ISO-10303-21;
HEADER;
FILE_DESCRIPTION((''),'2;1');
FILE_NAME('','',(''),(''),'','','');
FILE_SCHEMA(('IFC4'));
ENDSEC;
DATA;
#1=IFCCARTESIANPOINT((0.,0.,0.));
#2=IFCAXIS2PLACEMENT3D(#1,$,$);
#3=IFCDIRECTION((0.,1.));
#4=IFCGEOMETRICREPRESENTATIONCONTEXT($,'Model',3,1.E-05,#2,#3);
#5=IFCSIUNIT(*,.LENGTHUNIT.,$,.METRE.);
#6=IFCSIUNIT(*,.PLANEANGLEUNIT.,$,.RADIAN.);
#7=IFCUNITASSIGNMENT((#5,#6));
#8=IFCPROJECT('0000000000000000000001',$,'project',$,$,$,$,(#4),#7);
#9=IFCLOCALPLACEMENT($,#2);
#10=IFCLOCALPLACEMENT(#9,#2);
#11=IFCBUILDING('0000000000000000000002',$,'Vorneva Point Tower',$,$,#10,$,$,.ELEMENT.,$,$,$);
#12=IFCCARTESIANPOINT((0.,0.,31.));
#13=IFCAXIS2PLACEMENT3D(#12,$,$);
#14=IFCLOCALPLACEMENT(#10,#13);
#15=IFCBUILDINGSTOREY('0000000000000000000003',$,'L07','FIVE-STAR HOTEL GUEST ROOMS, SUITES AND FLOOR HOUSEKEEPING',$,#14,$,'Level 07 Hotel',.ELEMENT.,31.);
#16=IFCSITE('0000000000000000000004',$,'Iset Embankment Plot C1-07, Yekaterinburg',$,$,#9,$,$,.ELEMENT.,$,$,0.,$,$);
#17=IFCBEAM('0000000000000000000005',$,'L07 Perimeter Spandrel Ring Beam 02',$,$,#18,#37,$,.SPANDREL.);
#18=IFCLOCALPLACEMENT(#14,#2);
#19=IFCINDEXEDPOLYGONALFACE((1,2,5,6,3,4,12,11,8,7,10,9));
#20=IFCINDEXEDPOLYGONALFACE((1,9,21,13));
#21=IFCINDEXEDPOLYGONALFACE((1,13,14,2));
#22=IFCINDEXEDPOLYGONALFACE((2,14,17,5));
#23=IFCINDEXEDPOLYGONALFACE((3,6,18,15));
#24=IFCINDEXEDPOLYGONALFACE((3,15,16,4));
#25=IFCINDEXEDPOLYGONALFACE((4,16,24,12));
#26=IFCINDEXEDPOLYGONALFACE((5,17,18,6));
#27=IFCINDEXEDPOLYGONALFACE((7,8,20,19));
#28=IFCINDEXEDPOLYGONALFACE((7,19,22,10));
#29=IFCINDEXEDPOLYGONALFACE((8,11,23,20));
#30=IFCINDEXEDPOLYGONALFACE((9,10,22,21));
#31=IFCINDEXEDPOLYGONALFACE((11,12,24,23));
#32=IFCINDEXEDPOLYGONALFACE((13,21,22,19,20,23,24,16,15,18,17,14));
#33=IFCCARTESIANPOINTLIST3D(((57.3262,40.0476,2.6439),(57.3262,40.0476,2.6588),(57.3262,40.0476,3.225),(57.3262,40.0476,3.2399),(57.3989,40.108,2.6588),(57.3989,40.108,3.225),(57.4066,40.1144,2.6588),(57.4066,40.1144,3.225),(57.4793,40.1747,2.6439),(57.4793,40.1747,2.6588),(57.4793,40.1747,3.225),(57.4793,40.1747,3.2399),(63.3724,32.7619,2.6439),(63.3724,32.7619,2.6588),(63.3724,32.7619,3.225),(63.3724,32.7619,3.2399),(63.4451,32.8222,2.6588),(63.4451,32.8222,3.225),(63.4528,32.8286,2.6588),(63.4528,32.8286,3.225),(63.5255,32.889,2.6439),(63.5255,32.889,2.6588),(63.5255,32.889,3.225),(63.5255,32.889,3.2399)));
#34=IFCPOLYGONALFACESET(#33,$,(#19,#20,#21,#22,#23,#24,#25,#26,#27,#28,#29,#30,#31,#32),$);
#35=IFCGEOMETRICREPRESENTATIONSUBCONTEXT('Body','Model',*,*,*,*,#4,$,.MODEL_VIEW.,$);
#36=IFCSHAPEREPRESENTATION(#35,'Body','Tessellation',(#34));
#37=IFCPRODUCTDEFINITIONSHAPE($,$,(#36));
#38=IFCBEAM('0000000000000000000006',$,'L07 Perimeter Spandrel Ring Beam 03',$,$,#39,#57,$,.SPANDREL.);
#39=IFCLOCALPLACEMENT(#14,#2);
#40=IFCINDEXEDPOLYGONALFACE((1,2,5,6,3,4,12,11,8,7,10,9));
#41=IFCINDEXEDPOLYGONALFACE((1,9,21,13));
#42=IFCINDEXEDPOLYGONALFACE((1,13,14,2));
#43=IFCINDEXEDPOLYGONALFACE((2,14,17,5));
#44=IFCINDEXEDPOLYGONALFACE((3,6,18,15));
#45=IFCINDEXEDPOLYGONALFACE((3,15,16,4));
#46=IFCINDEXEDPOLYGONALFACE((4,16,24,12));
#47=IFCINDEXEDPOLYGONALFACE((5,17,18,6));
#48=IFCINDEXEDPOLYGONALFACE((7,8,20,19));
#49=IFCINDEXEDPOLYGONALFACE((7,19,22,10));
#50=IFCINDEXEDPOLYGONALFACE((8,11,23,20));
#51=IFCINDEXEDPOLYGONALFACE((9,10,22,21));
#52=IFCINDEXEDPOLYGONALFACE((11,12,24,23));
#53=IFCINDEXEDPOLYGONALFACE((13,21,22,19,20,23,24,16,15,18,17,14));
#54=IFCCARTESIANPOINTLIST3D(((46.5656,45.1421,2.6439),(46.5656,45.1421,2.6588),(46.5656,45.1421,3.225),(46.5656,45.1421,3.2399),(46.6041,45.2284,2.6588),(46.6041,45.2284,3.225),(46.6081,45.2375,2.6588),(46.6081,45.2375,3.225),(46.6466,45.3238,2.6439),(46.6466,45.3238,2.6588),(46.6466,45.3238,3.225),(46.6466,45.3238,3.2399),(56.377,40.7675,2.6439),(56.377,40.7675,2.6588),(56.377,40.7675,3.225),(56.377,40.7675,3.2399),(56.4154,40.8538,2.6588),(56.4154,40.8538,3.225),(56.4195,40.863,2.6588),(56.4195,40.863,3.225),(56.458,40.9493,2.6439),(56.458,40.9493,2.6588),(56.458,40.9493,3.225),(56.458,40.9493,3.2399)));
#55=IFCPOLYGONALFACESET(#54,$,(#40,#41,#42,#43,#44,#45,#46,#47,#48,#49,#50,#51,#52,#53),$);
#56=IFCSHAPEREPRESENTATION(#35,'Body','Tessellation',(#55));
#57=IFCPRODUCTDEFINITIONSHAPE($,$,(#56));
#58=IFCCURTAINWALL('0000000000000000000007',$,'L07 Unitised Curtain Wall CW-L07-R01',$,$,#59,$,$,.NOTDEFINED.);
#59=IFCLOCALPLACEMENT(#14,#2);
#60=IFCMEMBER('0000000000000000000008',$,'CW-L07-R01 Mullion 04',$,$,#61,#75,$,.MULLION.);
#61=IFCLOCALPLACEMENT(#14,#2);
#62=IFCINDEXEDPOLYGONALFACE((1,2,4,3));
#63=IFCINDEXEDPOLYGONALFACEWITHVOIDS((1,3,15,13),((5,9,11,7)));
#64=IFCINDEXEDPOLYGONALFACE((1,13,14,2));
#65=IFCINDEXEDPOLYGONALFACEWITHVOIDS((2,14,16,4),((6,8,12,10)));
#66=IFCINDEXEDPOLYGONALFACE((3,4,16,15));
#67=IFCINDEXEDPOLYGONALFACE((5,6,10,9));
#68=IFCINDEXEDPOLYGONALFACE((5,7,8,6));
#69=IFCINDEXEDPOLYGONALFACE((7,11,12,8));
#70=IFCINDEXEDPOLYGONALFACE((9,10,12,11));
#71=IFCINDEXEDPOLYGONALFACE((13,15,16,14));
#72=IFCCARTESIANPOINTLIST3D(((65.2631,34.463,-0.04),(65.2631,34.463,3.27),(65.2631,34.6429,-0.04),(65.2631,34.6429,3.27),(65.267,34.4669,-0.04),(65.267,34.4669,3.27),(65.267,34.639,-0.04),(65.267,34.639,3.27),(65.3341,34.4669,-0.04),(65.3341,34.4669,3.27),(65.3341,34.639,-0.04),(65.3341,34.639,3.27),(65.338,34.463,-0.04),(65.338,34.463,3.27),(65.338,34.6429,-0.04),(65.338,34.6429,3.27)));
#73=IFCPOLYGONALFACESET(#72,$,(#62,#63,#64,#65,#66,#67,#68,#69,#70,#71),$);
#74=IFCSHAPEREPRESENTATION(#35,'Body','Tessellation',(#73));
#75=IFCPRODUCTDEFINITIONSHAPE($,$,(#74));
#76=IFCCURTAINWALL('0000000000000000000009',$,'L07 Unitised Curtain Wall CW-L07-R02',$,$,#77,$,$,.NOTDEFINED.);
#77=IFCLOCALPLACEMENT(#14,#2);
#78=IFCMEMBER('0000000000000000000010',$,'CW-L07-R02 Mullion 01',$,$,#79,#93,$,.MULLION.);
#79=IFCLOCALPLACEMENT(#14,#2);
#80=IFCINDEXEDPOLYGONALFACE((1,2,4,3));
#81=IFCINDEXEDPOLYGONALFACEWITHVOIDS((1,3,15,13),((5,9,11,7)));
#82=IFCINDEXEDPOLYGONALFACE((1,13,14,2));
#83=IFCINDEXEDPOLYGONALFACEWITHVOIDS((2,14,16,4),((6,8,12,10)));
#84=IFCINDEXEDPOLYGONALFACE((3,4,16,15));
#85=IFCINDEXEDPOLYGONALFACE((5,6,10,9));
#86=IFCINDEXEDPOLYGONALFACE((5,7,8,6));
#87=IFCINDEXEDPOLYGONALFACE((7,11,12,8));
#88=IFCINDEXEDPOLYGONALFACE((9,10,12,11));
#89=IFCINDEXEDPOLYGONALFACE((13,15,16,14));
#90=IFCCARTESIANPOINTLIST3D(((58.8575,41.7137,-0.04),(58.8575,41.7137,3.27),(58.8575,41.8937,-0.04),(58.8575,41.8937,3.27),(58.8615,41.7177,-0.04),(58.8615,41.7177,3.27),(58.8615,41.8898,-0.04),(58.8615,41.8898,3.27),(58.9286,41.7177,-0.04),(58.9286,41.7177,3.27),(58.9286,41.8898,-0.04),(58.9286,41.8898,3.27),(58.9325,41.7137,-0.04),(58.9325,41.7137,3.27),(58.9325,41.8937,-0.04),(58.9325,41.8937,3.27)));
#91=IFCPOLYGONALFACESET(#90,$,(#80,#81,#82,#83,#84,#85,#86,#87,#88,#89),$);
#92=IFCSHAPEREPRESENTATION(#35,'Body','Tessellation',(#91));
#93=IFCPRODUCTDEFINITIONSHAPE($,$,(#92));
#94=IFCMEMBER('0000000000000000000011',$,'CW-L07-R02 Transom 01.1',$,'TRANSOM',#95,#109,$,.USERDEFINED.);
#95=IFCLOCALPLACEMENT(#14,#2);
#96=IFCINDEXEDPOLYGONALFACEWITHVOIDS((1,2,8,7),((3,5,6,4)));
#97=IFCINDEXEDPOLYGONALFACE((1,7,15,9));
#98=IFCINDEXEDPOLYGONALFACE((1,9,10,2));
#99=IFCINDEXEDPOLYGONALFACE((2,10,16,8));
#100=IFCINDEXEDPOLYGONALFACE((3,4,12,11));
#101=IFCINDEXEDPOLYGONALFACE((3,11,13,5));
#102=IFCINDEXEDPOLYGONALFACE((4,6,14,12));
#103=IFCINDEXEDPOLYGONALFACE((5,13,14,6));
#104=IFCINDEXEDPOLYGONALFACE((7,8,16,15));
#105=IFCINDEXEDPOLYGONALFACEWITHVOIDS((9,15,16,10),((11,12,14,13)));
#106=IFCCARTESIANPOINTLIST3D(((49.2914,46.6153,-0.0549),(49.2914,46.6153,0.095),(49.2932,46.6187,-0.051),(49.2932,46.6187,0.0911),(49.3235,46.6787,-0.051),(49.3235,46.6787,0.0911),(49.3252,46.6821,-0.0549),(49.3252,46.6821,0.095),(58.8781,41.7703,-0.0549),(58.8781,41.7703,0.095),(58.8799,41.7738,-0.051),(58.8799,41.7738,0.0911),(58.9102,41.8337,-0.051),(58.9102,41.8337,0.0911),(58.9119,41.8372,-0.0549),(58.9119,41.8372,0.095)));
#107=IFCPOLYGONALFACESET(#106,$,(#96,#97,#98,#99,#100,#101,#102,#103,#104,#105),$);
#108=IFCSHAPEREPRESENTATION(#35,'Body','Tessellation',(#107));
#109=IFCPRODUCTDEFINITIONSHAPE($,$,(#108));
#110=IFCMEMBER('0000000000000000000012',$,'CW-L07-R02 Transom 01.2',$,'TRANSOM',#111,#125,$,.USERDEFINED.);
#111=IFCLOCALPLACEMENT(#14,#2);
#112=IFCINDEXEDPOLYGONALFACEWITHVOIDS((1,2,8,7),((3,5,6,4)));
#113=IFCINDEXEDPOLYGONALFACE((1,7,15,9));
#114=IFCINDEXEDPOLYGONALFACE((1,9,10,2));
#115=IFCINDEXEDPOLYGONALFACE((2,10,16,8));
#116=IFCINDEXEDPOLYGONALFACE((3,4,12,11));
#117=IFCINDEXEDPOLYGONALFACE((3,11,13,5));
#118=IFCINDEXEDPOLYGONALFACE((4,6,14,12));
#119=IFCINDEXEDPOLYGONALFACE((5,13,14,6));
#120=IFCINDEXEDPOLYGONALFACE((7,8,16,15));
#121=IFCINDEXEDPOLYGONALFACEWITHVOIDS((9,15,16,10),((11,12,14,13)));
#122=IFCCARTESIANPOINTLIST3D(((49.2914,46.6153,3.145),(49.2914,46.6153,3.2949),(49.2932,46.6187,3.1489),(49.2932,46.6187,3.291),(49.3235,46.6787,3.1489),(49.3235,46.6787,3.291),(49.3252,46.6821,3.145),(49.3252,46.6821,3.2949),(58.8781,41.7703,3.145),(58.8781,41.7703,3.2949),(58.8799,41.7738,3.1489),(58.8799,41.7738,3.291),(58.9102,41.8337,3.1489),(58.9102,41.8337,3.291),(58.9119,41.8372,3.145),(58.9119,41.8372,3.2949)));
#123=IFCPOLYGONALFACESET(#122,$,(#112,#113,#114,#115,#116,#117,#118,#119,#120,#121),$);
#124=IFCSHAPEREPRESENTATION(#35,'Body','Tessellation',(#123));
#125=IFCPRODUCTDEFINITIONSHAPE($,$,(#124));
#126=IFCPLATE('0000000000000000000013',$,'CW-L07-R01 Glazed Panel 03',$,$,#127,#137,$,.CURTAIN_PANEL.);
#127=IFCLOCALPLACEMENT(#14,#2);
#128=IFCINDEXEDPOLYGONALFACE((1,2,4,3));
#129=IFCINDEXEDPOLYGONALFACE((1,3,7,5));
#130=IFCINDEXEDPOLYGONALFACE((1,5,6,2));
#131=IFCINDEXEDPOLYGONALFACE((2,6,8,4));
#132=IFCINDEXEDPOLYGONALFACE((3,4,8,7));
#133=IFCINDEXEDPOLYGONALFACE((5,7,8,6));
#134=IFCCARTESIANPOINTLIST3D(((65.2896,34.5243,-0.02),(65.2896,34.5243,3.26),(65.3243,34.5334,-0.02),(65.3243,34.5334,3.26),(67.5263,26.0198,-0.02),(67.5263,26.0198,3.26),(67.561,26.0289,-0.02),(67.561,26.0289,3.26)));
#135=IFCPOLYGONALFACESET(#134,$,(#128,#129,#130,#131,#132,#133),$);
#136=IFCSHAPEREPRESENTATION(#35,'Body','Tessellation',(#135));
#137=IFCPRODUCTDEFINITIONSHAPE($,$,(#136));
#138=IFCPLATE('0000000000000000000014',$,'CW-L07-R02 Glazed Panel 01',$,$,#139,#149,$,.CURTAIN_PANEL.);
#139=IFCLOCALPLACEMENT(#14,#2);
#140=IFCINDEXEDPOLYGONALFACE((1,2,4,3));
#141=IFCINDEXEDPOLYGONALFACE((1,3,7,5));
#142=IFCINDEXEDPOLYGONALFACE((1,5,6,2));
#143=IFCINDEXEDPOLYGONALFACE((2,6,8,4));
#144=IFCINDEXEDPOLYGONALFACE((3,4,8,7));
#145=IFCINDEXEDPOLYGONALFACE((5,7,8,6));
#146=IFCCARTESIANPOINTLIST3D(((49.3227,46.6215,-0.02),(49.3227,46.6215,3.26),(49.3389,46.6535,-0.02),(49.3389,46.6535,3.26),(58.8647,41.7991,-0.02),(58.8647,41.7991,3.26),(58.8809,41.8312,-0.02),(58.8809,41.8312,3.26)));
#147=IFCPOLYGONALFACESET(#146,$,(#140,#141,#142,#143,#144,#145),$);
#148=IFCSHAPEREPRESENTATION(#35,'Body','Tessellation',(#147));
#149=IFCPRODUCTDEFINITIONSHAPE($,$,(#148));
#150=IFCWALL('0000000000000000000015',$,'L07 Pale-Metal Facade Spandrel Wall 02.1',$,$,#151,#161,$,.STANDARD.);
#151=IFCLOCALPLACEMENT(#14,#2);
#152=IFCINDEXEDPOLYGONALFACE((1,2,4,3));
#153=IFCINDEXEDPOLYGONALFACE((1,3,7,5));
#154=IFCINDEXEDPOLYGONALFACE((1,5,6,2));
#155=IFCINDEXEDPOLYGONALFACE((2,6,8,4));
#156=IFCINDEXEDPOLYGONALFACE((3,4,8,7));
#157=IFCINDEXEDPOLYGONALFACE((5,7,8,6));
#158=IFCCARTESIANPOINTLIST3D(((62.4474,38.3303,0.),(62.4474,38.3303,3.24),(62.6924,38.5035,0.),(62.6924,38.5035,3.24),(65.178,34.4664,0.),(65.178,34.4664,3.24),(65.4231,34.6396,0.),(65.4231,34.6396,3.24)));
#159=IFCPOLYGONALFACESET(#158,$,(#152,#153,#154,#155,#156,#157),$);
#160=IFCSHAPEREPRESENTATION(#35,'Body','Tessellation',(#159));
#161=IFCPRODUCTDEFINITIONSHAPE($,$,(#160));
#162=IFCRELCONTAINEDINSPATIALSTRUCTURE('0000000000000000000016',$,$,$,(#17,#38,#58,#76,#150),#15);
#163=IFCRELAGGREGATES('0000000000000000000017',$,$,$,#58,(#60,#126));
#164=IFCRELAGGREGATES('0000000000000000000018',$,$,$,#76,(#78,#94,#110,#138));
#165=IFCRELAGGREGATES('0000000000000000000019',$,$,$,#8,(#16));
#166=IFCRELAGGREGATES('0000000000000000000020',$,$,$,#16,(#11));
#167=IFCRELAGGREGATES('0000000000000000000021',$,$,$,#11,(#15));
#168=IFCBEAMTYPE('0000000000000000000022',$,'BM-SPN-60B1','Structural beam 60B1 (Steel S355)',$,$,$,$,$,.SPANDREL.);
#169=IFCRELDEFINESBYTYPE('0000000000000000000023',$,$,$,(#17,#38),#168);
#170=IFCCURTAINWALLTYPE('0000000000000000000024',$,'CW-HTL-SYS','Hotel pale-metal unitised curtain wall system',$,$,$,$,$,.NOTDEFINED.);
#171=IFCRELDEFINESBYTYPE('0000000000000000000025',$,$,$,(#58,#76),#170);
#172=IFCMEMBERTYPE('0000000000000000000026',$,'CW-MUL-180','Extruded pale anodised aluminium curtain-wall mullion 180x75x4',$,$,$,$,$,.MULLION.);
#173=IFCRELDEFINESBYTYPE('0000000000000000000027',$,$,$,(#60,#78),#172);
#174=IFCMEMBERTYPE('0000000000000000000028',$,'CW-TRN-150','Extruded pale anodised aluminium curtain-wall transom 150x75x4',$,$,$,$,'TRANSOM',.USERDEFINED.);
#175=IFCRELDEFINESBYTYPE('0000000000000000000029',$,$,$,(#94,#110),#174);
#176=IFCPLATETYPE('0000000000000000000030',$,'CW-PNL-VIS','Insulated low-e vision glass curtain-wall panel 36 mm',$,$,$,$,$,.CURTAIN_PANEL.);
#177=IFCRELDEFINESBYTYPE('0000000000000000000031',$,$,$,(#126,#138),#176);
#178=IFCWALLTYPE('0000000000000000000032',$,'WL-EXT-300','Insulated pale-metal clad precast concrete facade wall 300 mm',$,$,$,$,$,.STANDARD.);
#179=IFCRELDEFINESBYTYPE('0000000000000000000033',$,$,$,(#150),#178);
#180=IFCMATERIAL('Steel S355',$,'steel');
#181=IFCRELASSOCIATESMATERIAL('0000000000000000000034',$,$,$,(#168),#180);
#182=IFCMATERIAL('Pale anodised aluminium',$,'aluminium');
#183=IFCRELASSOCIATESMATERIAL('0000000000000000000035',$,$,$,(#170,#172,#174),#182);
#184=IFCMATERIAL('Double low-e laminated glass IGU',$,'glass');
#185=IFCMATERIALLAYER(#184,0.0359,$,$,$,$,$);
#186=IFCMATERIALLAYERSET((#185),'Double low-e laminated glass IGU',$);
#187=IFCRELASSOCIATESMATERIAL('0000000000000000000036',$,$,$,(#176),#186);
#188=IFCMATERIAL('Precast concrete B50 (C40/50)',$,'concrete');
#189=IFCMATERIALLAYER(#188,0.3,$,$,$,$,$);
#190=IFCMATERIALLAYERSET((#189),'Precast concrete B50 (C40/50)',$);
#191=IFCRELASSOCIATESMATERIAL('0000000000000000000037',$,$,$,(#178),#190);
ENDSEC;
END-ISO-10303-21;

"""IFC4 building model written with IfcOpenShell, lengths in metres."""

from ifc_helpers import new_model, si_unit, direction, frame, frame_2d, origin, origin_2d, place, context, subcontext, project, spatial, rectangle, hollow_rectangle, i_section, extrude, material, layer, layer_set, material_profile, profile_set, type_object, element, aggregate, save


model = new_model("IFC4")

# Units and contexts
model_context = context("Model", 3, precision=1e-05, world=origin(), true_north=direction((0.0, 1.0)))
body_context = subcontext(model_context, "Body", "Model", "MODEL_VIEW")
ifc_project = project(units=[si_unit("LENGTHUNIT", "METRE"), si_unit("PLANEANGLEUNIT", "RADIAN")], contexts=[model_context])

# Site, building, storey
site_placement = place(None, origin())
site = spatial("IfcSite", under=ifc_project, at=site_placement, Name="Iset Embankment Plot C1-07, Yekaterinburg", CompositionType="ELEMENT", RefElevation=0.0)
building_placement = place(site_placement, origin())
building = spatial("IfcBuilding", under=site, at=building_placement, Name="Vorneva Point Tower", CompositionType="ELEMENT")
storey_placement = place(building_placement, frame((0.0, 0.0, 31.0)))
storey = spatial("IfcBuildingStorey", under=building, at=storey_placement, Name="L07", Description="FIVE-STAR HOTEL GUEST ROOMS, SUITES AND FLOOR HOUSEKEEPING", LongName="Level 07 Hotel", CompositionType="ELEMENT", Elevation=31.0)

# Beams
ifc_material_1 = material(Name="Steel S355", Category="steel")
ifc_material_profile_1 = material_profile(ifc_material_1, i_section(OverallWidth=0.199, OverallDepth=0.5959, WebThickness=0.01, FlangeThickness=0.0149, at=origin_2d()), Name="60B1")
ifc_profile_set_1 = profile_set([ifc_material_profile_1], Name="Steel S355")
beam_type_1 = type_object("IfcBeamType", Name="BM-SPN-60B1", Description="Structural beam 60B1 (Steel S355)", PredefinedType="SPANDREL", material=ifc_profile_set_1)
beam_1_placement = place(storey_placement, frame((63.449, 32.8254, 2.9419), z_axis=(-0.63861, 0.76953, 0.0), x_axis=(-0.76953, -0.63861, 0.0)))
element("IfcBeam", 1, at=beam_1_placement, inside=storey, type_object=beam_type_1, Name="L07 Perimeter Spandrel Ring Beam 02", PredefinedType="SPANDREL", context=body_context, shape_type="SweptSolid", body=[
    extrude(i_section(OverallWidth=0.199, OverallDepth=0.5959, WebThickness=0.01, FlangeThickness=0.0149, at=origin_2d()), origin(), (0.0, 0.0, 1.0), 9.4678),
])
beam_2_placement = place(storey_placement, frame((56.4175, 40.8584, 2.9419), z_axis=(-0.913329, 0.407222, 0.0), x_axis=(-0.407222, -0.913329, 0.0)))
element("IfcBeam", 2, at=beam_2_placement, inside=storey, type_object=beam_type_1, Name="L07 Perimeter Spandrel Ring Beam 03", PredefinedType="SPANDREL", context=body_context, shape_type="SweptSolid", body=[
    extrude(i_section(OverallWidth=0.199, OverallDepth=0.5959, WebThickness=0.01, FlangeThickness=0.0149, at=origin_2d()), origin(), (0.0, 0.0, 1.0), 10.7424),
])

# Curtain wall, member
ifc_material_2 = material(Name="Pale anodised aluminium", Category="aluminium")
curtain_wall_type = type_object("IfcCurtainWallType", Name="CW-HTL-SYS", Description="Hotel pale-metal unitised curtain wall system", PredefinedType="NOTDEFINED", material=ifc_material_2)
curtain_wall_1_placement = place(storey_placement, origin())
curtain_wall_1 = element("IfcCurtainWall", 3, at=curtain_wall_1_placement, inside=storey, type_object=curtain_wall_type, Name="L07 Unitised Curtain Wall CW-L07-R01", PredefinedType="NOTDEFINED")
ifc_material_profile_2 = material_profile(ifc_material_2, hollow_rectangle(XDim=0.075, YDim=0.1799, WallThickness=0.0039, at=origin_2d()), Name="AL-MUL 180x75x4")
ifc_profile_set_2 = profile_set([ifc_material_profile_2], Name="Pale anodised aluminium")
member_type_1 = type_object("IfcMemberType", Name="CW-MUL-180", Description="Extruded pale anodised aluminium curtain-wall mullion 180x75x4", PredefinedType="MULLION", material=ifc_profile_set_2)
member_1_placement = place(storey_placement, frame((65.3005, 34.553, -0.04), z_axis=(0.0, 0.0, 1.0), x_axis=(1.0, 0.0, 0.0)))
member_1 = element("IfcMember", 4, at=member_1_placement, type_object=member_type_1, Name="CW-L07-R01 Mullion 04", PredefinedType="MULLION", context=body_context, shape_type="SweptSolid", body=[
    extrude(hollow_rectangle(XDim=0.075, YDim=0.1799, WallThickness=0.0039, at=origin_2d()), origin(), (0.0, 0.0, 1.0), 3.3101),
])

# Curtain wall, members
curtain_wall_2_placement = place(storey_placement, origin())
curtain_wall_2 = element("IfcCurtainWall", 5, at=curtain_wall_2_placement, inside=storey, type_object=curtain_wall_type, Name="L07 Unitised Curtain Wall CW-L07-R02", PredefinedType="NOTDEFINED")
member_2_placement = place(storey_placement, frame((58.895, 41.8037, -0.04), z_axis=(0.0, 0.0, 1.0), x_axis=(1.0, 0.0, 0.0)))
member_2 = element("IfcMember", 6, at=member_2_placement, type_object=member_type_1, Name="CW-L07-R02 Mullion 01", PredefinedType="MULLION", context=body_context, shape_type="SweptSolid", body=[
    extrude(hollow_rectangle(XDim=0.075, YDim=0.1799, WallThickness=0.0039, at=origin_2d()), origin(), (0.0, 0.0, 1.0), 3.3101),
])
ifc_material_profile_3 = material_profile(ifc_material_2, hollow_rectangle(XDim=0.075, YDim=0.1499, WallThickness=0.0039, at=origin_2d()), Name="AL-TRN 150x75x4")
ifc_profile_set_3 = profile_set([ifc_material_profile_3], Name="Pale anodised aluminium")
member_type_2 = type_object("IfcMemberType", Name="CW-TRN-150", Description="Extruded pale anodised aluminium curtain-wall transom 150x75x4", ElementType="TRANSOM", PredefinedType="USERDEFINED", material=ifc_profile_set_3)
member_3_placement = place(storey_placement, frame((58.895, 41.8037, 0.02), z_axis=(-0.892496, 0.451055, 0.0), x_axis=(-0.451055, -0.892496, 0.0)))
member_3 = element("IfcMember", 7, at=member_3_placement, type_object=member_type_2, Name="CW-L07-R02 Transom 01.1", ObjectType="TRANSOM", PredefinedType="USERDEFINED", context=body_context, shape_type="SweptSolid", body=[
    extrude(hollow_rectangle(XDim=0.075, YDim=0.1499, WallThickness=0.0039, at=origin_2d()), origin(), (0.0, 0.0, 1.0), 10.7415),
])
member_4_placement = place(storey_placement, frame((58.895, 41.8037, 3.22), z_axis=(-0.892496, 0.451055, 0.0), x_axis=(-0.451055, -0.892496, 0.0)))
member_4 = element("IfcMember", 8, at=member_4_placement, type_object=member_type_2, Name="CW-L07-R02 Transom 01.2", ObjectType="TRANSOM", PredefinedType="USERDEFINED", context=body_context, shape_type="SweptSolid", body=[
    extrude(hollow_rectangle(XDim=0.075, YDim=0.1499, WallThickness=0.0039, at=origin_2d()), origin(), (0.0, 0.0, 1.0), 10.7415),
])

# Plates
ifc_material_3 = material(Name="Double low-e laminated glass IGU", Category="glass")
ifc_layer_1 = layer(ifc_material_3, 0.0359)
ifc_layer_set_1 = layer_set([ifc_layer_1], Name="Double low-e laminated glass IGU")
plate_type = type_object("IfcPlateType", Name="CW-PNL-VIS", Description="Insulated low-e vision glass curtain-wall panel 36 mm", PredefinedType="CURTAIN_PANEL", material=ifc_layer_set_1)
plate_1_placement = place(storey_placement, frame((66.4253, 30.2766, -0.02), z_axis=(0.0, 0.0, 1.0), x_axis=(-0.254349, 0.967113, 0.0)))
plate_1 = element("IfcPlate", 9, at=plate_1_placement, type_object=plate_type, Name="CW-L07-R01 Glazed Panel 03", PredefinedType="CURTAIN_PANEL", context=body_context, shape_type="SweptSolid", body=[
    extrude(rectangle(XDim=8.7937, YDim=0.0359, at=origin_2d()), origin(), (0.0, 0.0, 1.0), 3.28),
])
aggregate(curtain_wall_1, [member_1, plate_1])
plate_2_placement = place(storey_placement, frame((54.1018, 44.2263, -0.02), z_axis=(0.0, 0.0, 1.0), x_axis=(-0.892499, 0.451049, 0.0)))
plate_2 = element("IfcPlate", 10, at=plate_2_placement, type_object=plate_type, Name="CW-L07-R02 Glazed Panel 01", PredefinedType="CURTAIN_PANEL", context=body_context, shape_type="SweptSolid", body=[
    extrude(rectangle(XDim=10.6914, YDim=0.0359, at=origin_2d()), origin(), (0.0, 0.0, 1.0), 3.28),
])
aggregate(curtain_wall_2, [member_2, member_3, member_4, plate_2])

# Wall
ifc_material_4 = material(Name="Precast concrete B50 (C40/50)", Category="concrete")
ifc_layer_2 = layer(ifc_material_4, 0.3)
ifc_layer_set_2 = layer_set([ifc_layer_2], Name="Precast concrete B50 (C40/50)")
wall_type_1 = type_object("IfcWallType", Name="WL-EXT-300", Description="Insulated pale-metal clad precast concrete facade wall 300 mm", PredefinedType="STANDARD", material=ifc_layer_set_2)
wall_1_placement = place(storey_placement, frame((65.3005, 34.553, 0.0), z_axis=(0.0, 0.0, 1.0), x_axis=(-0.577131, 0.816652, 0.0)))
element("IfcWall", 11, at=wall_1_placement, inside=storey, type_object=wall_type_1, Name="L07 Pale-Metal Facade Spandrel Wall 02.1", PredefinedType="STANDARD", context=body_context, shape_type="SweptSolid", body=[
    extrude(rectangle(XDim=4.7314, YDim=0.3, at=frame_2d((2.3657, 0.0))), origin(), (0.0, 0.0, 1.0), 3.24),
])

save(model, "model.ifc")
